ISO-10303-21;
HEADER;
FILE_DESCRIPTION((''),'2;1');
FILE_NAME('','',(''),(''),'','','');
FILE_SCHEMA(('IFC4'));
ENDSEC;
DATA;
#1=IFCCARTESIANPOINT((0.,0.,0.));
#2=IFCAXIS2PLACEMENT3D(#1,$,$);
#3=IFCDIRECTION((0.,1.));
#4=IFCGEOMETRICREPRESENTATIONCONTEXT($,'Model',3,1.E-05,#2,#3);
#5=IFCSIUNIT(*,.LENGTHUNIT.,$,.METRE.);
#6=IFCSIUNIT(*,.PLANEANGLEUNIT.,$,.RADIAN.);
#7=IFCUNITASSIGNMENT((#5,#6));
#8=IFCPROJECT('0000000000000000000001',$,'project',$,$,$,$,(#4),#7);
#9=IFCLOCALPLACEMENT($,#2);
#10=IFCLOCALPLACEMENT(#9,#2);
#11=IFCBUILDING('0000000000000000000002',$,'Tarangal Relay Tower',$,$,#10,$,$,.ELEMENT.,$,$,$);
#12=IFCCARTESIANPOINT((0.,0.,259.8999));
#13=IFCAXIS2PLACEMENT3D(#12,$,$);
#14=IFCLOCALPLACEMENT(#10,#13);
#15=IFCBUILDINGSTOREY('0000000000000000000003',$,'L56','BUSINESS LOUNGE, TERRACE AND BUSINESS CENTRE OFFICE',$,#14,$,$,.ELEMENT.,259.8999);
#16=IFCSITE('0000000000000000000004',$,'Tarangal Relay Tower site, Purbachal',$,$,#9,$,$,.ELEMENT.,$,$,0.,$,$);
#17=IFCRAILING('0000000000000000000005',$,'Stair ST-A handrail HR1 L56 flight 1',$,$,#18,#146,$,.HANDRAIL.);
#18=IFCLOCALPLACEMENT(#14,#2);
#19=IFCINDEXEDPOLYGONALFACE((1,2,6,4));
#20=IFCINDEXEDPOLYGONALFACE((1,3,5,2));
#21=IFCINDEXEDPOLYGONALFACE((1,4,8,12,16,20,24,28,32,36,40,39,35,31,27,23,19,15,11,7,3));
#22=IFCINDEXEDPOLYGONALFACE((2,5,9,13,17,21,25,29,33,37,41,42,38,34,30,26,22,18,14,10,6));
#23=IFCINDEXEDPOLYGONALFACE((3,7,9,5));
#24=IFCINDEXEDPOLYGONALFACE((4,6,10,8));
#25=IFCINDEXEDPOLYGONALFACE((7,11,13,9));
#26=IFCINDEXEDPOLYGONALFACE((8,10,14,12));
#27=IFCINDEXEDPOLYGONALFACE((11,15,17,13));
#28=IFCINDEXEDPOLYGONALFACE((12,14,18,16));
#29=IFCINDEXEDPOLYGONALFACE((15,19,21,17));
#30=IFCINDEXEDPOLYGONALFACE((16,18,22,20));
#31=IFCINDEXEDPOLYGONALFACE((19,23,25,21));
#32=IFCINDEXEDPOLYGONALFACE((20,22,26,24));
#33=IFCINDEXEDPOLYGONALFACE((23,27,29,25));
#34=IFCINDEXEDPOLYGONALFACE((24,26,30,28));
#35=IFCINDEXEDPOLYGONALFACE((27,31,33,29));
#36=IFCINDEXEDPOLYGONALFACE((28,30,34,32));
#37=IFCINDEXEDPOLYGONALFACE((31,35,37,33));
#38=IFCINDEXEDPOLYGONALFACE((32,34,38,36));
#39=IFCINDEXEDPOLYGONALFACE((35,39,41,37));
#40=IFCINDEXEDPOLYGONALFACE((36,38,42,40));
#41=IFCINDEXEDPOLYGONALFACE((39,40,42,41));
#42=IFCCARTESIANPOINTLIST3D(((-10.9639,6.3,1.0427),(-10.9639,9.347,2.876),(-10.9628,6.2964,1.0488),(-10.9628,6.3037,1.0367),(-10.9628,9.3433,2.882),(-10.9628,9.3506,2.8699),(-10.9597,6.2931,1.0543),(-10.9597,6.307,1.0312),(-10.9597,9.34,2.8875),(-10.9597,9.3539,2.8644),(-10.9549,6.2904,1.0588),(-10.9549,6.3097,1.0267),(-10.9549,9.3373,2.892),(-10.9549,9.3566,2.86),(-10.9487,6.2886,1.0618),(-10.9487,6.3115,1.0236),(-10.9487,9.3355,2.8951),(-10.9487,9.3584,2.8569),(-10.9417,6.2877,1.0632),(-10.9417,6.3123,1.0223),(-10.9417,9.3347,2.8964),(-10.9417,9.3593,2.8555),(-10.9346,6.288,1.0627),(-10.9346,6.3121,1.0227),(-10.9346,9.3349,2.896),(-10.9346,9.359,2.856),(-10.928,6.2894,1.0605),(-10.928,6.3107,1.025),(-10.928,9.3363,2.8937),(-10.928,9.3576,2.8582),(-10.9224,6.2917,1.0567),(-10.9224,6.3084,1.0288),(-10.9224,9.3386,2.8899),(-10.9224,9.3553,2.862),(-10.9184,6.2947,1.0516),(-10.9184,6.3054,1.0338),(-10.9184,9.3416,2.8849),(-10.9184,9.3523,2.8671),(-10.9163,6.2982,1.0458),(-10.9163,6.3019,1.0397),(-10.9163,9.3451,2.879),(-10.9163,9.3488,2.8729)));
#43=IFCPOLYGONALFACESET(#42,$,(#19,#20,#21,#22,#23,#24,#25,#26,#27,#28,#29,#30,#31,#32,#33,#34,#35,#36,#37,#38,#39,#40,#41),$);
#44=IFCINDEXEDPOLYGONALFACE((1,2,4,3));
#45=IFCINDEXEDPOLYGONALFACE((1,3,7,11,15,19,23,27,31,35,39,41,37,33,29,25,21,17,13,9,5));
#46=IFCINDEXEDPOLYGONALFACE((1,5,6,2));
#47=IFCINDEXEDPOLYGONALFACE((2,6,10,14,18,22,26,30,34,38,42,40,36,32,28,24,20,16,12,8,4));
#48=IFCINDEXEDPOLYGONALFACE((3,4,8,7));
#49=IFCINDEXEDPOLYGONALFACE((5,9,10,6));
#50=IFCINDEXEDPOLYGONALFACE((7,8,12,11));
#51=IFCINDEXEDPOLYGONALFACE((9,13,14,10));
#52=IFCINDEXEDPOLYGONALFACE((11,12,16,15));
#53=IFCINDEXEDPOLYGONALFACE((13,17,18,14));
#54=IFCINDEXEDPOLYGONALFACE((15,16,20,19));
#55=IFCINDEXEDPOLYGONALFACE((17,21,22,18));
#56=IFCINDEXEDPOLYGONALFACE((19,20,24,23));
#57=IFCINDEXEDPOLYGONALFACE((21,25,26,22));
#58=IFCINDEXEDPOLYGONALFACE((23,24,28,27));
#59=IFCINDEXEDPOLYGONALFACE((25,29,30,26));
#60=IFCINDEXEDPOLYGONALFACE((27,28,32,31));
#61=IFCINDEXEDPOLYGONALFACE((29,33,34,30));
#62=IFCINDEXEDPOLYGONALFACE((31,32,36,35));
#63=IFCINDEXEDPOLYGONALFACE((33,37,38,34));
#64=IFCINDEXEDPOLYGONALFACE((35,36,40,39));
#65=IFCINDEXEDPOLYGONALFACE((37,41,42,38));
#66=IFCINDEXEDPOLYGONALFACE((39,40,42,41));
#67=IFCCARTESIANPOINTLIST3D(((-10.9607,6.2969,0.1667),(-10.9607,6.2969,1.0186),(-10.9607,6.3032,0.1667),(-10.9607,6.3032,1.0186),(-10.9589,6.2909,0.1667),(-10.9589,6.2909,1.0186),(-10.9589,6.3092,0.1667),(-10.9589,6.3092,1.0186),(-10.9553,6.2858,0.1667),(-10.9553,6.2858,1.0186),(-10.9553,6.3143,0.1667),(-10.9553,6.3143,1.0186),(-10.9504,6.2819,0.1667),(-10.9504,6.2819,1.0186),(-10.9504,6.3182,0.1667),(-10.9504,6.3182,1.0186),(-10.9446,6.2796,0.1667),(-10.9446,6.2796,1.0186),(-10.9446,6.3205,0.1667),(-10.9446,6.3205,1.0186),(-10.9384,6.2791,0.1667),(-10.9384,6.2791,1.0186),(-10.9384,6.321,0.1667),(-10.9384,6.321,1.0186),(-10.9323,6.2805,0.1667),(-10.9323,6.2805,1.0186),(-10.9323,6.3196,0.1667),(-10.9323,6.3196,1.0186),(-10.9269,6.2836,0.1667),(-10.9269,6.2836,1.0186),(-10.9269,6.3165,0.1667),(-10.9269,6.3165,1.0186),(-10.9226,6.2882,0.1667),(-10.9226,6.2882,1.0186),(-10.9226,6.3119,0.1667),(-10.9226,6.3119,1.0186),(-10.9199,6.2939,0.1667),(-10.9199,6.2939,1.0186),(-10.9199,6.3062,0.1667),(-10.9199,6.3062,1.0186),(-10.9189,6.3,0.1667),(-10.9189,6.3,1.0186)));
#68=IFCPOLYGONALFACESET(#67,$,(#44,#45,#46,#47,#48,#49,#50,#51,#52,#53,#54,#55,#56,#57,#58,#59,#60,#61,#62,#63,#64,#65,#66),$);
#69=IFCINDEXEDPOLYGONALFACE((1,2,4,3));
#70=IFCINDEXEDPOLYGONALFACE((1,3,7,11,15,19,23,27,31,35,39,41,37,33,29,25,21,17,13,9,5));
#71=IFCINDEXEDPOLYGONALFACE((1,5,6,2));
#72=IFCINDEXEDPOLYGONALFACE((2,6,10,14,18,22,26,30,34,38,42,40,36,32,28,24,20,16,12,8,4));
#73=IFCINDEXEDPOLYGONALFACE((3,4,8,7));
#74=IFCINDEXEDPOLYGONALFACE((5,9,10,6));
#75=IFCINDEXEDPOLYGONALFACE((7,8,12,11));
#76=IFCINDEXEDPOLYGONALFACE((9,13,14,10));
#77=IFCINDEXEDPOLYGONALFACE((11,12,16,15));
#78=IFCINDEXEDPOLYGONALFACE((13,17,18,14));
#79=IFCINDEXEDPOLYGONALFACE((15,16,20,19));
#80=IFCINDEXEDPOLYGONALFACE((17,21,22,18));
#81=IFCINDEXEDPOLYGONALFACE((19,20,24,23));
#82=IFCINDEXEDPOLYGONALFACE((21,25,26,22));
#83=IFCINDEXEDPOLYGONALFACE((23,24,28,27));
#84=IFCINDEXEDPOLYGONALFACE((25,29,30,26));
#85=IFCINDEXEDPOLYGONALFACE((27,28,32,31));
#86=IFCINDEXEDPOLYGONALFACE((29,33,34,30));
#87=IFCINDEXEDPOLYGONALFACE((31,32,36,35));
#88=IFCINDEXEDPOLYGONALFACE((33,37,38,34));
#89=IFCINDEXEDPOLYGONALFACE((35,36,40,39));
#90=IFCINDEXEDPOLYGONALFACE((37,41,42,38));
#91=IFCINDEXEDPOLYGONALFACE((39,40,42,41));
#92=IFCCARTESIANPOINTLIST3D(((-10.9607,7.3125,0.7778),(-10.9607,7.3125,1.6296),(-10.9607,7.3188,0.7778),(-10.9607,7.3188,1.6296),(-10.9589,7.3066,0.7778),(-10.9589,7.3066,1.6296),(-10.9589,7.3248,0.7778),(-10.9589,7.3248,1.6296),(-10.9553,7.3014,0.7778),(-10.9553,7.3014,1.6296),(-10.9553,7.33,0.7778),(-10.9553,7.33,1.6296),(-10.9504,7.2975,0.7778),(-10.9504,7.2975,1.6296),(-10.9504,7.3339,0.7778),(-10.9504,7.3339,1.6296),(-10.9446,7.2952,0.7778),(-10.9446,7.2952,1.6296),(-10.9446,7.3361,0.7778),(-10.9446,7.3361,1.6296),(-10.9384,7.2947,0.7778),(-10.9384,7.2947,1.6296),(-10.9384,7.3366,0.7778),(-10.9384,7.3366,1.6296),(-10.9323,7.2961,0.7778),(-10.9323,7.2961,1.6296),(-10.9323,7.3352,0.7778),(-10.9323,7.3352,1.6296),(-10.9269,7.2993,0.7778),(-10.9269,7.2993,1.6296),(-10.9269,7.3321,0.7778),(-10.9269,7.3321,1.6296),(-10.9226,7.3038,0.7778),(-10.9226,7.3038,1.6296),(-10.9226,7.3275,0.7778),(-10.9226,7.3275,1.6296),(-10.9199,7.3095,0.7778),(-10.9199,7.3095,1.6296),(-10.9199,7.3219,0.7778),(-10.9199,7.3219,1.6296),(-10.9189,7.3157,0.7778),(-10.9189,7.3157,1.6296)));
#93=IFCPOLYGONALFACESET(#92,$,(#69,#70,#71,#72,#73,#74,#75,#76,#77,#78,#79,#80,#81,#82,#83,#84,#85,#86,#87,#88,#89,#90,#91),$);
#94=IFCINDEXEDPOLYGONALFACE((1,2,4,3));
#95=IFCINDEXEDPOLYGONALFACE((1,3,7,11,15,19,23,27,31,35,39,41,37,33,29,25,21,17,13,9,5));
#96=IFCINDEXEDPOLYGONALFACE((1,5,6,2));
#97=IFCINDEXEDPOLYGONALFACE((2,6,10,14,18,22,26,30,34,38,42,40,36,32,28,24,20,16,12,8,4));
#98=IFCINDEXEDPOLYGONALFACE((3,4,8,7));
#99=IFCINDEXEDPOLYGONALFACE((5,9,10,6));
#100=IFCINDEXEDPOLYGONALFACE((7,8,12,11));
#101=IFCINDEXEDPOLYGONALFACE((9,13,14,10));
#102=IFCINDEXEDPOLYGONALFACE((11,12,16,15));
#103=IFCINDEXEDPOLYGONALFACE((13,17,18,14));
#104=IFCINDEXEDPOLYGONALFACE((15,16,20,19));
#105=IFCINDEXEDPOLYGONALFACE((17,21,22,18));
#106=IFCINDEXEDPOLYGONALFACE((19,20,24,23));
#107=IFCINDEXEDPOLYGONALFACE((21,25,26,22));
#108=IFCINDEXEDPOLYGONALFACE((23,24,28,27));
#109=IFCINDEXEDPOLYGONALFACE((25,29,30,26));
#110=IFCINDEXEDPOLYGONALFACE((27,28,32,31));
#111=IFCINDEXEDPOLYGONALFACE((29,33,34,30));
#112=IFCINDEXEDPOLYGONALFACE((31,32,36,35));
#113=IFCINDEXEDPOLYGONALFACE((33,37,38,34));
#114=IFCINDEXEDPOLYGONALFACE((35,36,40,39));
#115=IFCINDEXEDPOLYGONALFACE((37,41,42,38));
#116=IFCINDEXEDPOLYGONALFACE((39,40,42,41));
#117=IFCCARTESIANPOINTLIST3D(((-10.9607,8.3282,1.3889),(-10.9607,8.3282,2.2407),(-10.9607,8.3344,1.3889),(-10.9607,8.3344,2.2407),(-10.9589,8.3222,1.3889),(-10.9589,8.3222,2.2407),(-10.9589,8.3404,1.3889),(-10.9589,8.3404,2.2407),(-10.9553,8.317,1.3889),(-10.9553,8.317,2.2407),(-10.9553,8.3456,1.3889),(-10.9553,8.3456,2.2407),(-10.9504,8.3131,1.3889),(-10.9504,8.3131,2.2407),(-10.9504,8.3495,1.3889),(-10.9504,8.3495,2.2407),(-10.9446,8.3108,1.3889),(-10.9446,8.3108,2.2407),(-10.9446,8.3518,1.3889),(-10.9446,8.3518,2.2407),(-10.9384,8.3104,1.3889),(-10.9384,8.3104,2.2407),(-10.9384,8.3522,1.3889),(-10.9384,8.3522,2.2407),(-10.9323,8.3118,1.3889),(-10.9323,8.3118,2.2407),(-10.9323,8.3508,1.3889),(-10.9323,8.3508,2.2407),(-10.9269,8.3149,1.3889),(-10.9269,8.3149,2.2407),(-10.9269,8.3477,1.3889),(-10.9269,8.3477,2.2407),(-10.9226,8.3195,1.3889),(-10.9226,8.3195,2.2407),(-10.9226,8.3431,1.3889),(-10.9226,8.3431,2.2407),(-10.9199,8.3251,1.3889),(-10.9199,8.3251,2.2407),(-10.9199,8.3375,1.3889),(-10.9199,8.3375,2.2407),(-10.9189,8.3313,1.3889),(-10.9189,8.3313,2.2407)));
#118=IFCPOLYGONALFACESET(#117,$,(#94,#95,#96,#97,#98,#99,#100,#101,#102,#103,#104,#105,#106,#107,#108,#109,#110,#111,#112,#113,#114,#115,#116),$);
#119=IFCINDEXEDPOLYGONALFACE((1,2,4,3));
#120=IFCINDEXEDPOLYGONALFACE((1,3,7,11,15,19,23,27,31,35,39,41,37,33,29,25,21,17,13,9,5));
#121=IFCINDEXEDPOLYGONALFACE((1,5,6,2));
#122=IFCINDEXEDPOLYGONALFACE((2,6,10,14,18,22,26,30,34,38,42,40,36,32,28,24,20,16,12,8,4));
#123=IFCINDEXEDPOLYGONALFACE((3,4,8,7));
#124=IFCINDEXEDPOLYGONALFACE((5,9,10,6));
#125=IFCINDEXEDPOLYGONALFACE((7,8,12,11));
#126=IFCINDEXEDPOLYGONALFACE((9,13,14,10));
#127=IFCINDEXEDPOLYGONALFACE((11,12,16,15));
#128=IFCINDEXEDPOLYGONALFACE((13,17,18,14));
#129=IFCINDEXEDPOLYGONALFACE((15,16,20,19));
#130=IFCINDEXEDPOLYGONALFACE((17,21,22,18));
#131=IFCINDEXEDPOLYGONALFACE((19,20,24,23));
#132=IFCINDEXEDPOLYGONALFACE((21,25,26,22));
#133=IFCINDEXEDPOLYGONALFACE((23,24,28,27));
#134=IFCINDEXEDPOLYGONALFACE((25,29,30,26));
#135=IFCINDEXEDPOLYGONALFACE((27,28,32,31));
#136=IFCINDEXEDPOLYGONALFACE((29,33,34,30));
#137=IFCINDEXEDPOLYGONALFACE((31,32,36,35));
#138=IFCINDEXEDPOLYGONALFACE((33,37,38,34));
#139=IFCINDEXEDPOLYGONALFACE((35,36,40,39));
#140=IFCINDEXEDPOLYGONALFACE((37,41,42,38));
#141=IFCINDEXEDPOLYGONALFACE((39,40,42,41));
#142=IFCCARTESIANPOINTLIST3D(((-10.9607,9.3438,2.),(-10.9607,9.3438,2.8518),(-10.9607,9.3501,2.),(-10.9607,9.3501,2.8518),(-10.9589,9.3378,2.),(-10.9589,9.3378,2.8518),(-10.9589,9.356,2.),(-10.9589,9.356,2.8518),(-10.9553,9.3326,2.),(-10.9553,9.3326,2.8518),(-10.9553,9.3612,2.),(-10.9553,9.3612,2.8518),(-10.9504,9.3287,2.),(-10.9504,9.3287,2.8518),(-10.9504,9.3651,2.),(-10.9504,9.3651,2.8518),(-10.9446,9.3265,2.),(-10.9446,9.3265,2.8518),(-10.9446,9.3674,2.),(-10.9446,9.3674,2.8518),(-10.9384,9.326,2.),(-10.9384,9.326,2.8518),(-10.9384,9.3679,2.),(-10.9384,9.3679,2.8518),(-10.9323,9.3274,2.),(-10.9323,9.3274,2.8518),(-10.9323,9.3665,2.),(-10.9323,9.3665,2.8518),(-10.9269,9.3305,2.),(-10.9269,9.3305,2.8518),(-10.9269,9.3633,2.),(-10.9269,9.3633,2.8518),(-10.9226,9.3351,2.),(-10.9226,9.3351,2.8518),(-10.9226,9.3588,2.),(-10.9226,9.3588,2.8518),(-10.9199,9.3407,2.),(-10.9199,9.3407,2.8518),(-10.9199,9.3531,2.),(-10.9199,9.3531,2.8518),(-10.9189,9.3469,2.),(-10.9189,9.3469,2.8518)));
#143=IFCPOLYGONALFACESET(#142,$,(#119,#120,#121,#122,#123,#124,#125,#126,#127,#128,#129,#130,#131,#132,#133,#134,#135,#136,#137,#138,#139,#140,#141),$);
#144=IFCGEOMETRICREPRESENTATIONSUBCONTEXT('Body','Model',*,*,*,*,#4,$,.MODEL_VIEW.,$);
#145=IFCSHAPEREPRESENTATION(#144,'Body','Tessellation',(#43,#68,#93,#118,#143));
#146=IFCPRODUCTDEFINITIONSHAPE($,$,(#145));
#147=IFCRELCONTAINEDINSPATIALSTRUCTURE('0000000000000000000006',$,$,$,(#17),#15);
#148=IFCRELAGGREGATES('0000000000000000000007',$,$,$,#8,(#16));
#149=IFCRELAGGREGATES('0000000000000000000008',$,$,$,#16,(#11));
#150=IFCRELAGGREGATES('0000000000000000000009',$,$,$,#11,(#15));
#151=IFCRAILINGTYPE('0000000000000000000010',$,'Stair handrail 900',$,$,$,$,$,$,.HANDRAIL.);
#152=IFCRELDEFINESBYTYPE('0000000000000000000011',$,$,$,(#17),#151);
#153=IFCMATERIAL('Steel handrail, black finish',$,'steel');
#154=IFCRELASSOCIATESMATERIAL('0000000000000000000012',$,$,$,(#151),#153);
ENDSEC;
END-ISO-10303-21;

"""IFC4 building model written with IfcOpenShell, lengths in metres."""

from ifc_helpers import new_model, si_unit, direction, frame, origin, origin_2d, place, context, subcontext, project, spatial, circle, extrude, material, type_object, element, save


model = new_model("IFC4")

# Units and contexts
model_context = context("Model", 3, precision=1e-05, world=origin(), true_north=direction((0.0, 1.0)))
body_context = subcontext(model_context, "Body", "Model", "MODEL_VIEW")
ifc_project = project(units=[si_unit("LENGTHUNIT", "METRE"), si_unit("PLANEANGLEUNIT", "RADIAN")], contexts=[model_context])

# Site, building, storey
site_placement = place(None, origin())
site = spatial("IfcSite", under=ifc_project, at=site_placement, Name="Tarangal Relay Tower site, Purbachal", CompositionType="ELEMENT", RefElevation=0.0)
building_placement = place(site_placement, origin())
building = spatial("IfcBuilding", under=site, at=building_placement, Name="Tarangal Relay Tower", CompositionType="ELEMENT")
storey_placement = place(building_placement, frame((0.0, 0.0, 259.8999)))
storey = spatial("IfcBuildingStorey", under=building, at=storey_placement, Name="L56", Description="BUSINESS LOUNGE, TERRACE AND BUSINESS CENTRE OFFICE", CompositionType="ELEMENT", Elevation=259.8999)

# Railing
ifc_material_1 = material(Name="Steel handrail, black finish", Category="steel")
railing_type_1 = type_object("IfcRailingType", Name="Stair handrail 900", PredefinedType="HANDRAIL", material=ifc_material_1)
railing_1_placement = place(storey_placement, frame((-10.9399, 6.3, 0.1667)))
element("IfcRailing", 1, at=railing_1_placement, inside=storey, type_object=railing_type_1, Name="Stair ST-A handrail HR1 L56 flight 1", PredefinedType="HANDRAIL", context=body_context, shape_type="SweptSolid", body=[
    extrude(circle(Radius=0.0239, at=origin_2d()), frame((0.0, 0.0, 0.876), z_axis=(0.0, 0.856856, 0.515556), x_axis=(-1.0, 0.0, 0.0)), (0.0, 0.0, 1.0), 3.5559),
    extrude(circle(Radius=0.021, at=origin_2d()), origin(), (0.0, 0.0, 1.0), 0.8518),
    extrude(circle(Radius=0.021, at=origin_2d()), frame((0.0, 1.0156, 0.6111)), (0.0, 0.0, 1.0), 0.8518),
    extrude(circle(Radius=0.021, at=origin_2d()), frame((0.0, 2.0312, 1.2222)), (0.0, 0.0, 1.0), 0.8518),
    extrude(circle(Radius=0.021, at=origin_2d()), frame((0.0, 3.0469, 1.8333)), (0.0, 0.0, 1.0), 0.8518),
])

save(model, "model.ifc")
